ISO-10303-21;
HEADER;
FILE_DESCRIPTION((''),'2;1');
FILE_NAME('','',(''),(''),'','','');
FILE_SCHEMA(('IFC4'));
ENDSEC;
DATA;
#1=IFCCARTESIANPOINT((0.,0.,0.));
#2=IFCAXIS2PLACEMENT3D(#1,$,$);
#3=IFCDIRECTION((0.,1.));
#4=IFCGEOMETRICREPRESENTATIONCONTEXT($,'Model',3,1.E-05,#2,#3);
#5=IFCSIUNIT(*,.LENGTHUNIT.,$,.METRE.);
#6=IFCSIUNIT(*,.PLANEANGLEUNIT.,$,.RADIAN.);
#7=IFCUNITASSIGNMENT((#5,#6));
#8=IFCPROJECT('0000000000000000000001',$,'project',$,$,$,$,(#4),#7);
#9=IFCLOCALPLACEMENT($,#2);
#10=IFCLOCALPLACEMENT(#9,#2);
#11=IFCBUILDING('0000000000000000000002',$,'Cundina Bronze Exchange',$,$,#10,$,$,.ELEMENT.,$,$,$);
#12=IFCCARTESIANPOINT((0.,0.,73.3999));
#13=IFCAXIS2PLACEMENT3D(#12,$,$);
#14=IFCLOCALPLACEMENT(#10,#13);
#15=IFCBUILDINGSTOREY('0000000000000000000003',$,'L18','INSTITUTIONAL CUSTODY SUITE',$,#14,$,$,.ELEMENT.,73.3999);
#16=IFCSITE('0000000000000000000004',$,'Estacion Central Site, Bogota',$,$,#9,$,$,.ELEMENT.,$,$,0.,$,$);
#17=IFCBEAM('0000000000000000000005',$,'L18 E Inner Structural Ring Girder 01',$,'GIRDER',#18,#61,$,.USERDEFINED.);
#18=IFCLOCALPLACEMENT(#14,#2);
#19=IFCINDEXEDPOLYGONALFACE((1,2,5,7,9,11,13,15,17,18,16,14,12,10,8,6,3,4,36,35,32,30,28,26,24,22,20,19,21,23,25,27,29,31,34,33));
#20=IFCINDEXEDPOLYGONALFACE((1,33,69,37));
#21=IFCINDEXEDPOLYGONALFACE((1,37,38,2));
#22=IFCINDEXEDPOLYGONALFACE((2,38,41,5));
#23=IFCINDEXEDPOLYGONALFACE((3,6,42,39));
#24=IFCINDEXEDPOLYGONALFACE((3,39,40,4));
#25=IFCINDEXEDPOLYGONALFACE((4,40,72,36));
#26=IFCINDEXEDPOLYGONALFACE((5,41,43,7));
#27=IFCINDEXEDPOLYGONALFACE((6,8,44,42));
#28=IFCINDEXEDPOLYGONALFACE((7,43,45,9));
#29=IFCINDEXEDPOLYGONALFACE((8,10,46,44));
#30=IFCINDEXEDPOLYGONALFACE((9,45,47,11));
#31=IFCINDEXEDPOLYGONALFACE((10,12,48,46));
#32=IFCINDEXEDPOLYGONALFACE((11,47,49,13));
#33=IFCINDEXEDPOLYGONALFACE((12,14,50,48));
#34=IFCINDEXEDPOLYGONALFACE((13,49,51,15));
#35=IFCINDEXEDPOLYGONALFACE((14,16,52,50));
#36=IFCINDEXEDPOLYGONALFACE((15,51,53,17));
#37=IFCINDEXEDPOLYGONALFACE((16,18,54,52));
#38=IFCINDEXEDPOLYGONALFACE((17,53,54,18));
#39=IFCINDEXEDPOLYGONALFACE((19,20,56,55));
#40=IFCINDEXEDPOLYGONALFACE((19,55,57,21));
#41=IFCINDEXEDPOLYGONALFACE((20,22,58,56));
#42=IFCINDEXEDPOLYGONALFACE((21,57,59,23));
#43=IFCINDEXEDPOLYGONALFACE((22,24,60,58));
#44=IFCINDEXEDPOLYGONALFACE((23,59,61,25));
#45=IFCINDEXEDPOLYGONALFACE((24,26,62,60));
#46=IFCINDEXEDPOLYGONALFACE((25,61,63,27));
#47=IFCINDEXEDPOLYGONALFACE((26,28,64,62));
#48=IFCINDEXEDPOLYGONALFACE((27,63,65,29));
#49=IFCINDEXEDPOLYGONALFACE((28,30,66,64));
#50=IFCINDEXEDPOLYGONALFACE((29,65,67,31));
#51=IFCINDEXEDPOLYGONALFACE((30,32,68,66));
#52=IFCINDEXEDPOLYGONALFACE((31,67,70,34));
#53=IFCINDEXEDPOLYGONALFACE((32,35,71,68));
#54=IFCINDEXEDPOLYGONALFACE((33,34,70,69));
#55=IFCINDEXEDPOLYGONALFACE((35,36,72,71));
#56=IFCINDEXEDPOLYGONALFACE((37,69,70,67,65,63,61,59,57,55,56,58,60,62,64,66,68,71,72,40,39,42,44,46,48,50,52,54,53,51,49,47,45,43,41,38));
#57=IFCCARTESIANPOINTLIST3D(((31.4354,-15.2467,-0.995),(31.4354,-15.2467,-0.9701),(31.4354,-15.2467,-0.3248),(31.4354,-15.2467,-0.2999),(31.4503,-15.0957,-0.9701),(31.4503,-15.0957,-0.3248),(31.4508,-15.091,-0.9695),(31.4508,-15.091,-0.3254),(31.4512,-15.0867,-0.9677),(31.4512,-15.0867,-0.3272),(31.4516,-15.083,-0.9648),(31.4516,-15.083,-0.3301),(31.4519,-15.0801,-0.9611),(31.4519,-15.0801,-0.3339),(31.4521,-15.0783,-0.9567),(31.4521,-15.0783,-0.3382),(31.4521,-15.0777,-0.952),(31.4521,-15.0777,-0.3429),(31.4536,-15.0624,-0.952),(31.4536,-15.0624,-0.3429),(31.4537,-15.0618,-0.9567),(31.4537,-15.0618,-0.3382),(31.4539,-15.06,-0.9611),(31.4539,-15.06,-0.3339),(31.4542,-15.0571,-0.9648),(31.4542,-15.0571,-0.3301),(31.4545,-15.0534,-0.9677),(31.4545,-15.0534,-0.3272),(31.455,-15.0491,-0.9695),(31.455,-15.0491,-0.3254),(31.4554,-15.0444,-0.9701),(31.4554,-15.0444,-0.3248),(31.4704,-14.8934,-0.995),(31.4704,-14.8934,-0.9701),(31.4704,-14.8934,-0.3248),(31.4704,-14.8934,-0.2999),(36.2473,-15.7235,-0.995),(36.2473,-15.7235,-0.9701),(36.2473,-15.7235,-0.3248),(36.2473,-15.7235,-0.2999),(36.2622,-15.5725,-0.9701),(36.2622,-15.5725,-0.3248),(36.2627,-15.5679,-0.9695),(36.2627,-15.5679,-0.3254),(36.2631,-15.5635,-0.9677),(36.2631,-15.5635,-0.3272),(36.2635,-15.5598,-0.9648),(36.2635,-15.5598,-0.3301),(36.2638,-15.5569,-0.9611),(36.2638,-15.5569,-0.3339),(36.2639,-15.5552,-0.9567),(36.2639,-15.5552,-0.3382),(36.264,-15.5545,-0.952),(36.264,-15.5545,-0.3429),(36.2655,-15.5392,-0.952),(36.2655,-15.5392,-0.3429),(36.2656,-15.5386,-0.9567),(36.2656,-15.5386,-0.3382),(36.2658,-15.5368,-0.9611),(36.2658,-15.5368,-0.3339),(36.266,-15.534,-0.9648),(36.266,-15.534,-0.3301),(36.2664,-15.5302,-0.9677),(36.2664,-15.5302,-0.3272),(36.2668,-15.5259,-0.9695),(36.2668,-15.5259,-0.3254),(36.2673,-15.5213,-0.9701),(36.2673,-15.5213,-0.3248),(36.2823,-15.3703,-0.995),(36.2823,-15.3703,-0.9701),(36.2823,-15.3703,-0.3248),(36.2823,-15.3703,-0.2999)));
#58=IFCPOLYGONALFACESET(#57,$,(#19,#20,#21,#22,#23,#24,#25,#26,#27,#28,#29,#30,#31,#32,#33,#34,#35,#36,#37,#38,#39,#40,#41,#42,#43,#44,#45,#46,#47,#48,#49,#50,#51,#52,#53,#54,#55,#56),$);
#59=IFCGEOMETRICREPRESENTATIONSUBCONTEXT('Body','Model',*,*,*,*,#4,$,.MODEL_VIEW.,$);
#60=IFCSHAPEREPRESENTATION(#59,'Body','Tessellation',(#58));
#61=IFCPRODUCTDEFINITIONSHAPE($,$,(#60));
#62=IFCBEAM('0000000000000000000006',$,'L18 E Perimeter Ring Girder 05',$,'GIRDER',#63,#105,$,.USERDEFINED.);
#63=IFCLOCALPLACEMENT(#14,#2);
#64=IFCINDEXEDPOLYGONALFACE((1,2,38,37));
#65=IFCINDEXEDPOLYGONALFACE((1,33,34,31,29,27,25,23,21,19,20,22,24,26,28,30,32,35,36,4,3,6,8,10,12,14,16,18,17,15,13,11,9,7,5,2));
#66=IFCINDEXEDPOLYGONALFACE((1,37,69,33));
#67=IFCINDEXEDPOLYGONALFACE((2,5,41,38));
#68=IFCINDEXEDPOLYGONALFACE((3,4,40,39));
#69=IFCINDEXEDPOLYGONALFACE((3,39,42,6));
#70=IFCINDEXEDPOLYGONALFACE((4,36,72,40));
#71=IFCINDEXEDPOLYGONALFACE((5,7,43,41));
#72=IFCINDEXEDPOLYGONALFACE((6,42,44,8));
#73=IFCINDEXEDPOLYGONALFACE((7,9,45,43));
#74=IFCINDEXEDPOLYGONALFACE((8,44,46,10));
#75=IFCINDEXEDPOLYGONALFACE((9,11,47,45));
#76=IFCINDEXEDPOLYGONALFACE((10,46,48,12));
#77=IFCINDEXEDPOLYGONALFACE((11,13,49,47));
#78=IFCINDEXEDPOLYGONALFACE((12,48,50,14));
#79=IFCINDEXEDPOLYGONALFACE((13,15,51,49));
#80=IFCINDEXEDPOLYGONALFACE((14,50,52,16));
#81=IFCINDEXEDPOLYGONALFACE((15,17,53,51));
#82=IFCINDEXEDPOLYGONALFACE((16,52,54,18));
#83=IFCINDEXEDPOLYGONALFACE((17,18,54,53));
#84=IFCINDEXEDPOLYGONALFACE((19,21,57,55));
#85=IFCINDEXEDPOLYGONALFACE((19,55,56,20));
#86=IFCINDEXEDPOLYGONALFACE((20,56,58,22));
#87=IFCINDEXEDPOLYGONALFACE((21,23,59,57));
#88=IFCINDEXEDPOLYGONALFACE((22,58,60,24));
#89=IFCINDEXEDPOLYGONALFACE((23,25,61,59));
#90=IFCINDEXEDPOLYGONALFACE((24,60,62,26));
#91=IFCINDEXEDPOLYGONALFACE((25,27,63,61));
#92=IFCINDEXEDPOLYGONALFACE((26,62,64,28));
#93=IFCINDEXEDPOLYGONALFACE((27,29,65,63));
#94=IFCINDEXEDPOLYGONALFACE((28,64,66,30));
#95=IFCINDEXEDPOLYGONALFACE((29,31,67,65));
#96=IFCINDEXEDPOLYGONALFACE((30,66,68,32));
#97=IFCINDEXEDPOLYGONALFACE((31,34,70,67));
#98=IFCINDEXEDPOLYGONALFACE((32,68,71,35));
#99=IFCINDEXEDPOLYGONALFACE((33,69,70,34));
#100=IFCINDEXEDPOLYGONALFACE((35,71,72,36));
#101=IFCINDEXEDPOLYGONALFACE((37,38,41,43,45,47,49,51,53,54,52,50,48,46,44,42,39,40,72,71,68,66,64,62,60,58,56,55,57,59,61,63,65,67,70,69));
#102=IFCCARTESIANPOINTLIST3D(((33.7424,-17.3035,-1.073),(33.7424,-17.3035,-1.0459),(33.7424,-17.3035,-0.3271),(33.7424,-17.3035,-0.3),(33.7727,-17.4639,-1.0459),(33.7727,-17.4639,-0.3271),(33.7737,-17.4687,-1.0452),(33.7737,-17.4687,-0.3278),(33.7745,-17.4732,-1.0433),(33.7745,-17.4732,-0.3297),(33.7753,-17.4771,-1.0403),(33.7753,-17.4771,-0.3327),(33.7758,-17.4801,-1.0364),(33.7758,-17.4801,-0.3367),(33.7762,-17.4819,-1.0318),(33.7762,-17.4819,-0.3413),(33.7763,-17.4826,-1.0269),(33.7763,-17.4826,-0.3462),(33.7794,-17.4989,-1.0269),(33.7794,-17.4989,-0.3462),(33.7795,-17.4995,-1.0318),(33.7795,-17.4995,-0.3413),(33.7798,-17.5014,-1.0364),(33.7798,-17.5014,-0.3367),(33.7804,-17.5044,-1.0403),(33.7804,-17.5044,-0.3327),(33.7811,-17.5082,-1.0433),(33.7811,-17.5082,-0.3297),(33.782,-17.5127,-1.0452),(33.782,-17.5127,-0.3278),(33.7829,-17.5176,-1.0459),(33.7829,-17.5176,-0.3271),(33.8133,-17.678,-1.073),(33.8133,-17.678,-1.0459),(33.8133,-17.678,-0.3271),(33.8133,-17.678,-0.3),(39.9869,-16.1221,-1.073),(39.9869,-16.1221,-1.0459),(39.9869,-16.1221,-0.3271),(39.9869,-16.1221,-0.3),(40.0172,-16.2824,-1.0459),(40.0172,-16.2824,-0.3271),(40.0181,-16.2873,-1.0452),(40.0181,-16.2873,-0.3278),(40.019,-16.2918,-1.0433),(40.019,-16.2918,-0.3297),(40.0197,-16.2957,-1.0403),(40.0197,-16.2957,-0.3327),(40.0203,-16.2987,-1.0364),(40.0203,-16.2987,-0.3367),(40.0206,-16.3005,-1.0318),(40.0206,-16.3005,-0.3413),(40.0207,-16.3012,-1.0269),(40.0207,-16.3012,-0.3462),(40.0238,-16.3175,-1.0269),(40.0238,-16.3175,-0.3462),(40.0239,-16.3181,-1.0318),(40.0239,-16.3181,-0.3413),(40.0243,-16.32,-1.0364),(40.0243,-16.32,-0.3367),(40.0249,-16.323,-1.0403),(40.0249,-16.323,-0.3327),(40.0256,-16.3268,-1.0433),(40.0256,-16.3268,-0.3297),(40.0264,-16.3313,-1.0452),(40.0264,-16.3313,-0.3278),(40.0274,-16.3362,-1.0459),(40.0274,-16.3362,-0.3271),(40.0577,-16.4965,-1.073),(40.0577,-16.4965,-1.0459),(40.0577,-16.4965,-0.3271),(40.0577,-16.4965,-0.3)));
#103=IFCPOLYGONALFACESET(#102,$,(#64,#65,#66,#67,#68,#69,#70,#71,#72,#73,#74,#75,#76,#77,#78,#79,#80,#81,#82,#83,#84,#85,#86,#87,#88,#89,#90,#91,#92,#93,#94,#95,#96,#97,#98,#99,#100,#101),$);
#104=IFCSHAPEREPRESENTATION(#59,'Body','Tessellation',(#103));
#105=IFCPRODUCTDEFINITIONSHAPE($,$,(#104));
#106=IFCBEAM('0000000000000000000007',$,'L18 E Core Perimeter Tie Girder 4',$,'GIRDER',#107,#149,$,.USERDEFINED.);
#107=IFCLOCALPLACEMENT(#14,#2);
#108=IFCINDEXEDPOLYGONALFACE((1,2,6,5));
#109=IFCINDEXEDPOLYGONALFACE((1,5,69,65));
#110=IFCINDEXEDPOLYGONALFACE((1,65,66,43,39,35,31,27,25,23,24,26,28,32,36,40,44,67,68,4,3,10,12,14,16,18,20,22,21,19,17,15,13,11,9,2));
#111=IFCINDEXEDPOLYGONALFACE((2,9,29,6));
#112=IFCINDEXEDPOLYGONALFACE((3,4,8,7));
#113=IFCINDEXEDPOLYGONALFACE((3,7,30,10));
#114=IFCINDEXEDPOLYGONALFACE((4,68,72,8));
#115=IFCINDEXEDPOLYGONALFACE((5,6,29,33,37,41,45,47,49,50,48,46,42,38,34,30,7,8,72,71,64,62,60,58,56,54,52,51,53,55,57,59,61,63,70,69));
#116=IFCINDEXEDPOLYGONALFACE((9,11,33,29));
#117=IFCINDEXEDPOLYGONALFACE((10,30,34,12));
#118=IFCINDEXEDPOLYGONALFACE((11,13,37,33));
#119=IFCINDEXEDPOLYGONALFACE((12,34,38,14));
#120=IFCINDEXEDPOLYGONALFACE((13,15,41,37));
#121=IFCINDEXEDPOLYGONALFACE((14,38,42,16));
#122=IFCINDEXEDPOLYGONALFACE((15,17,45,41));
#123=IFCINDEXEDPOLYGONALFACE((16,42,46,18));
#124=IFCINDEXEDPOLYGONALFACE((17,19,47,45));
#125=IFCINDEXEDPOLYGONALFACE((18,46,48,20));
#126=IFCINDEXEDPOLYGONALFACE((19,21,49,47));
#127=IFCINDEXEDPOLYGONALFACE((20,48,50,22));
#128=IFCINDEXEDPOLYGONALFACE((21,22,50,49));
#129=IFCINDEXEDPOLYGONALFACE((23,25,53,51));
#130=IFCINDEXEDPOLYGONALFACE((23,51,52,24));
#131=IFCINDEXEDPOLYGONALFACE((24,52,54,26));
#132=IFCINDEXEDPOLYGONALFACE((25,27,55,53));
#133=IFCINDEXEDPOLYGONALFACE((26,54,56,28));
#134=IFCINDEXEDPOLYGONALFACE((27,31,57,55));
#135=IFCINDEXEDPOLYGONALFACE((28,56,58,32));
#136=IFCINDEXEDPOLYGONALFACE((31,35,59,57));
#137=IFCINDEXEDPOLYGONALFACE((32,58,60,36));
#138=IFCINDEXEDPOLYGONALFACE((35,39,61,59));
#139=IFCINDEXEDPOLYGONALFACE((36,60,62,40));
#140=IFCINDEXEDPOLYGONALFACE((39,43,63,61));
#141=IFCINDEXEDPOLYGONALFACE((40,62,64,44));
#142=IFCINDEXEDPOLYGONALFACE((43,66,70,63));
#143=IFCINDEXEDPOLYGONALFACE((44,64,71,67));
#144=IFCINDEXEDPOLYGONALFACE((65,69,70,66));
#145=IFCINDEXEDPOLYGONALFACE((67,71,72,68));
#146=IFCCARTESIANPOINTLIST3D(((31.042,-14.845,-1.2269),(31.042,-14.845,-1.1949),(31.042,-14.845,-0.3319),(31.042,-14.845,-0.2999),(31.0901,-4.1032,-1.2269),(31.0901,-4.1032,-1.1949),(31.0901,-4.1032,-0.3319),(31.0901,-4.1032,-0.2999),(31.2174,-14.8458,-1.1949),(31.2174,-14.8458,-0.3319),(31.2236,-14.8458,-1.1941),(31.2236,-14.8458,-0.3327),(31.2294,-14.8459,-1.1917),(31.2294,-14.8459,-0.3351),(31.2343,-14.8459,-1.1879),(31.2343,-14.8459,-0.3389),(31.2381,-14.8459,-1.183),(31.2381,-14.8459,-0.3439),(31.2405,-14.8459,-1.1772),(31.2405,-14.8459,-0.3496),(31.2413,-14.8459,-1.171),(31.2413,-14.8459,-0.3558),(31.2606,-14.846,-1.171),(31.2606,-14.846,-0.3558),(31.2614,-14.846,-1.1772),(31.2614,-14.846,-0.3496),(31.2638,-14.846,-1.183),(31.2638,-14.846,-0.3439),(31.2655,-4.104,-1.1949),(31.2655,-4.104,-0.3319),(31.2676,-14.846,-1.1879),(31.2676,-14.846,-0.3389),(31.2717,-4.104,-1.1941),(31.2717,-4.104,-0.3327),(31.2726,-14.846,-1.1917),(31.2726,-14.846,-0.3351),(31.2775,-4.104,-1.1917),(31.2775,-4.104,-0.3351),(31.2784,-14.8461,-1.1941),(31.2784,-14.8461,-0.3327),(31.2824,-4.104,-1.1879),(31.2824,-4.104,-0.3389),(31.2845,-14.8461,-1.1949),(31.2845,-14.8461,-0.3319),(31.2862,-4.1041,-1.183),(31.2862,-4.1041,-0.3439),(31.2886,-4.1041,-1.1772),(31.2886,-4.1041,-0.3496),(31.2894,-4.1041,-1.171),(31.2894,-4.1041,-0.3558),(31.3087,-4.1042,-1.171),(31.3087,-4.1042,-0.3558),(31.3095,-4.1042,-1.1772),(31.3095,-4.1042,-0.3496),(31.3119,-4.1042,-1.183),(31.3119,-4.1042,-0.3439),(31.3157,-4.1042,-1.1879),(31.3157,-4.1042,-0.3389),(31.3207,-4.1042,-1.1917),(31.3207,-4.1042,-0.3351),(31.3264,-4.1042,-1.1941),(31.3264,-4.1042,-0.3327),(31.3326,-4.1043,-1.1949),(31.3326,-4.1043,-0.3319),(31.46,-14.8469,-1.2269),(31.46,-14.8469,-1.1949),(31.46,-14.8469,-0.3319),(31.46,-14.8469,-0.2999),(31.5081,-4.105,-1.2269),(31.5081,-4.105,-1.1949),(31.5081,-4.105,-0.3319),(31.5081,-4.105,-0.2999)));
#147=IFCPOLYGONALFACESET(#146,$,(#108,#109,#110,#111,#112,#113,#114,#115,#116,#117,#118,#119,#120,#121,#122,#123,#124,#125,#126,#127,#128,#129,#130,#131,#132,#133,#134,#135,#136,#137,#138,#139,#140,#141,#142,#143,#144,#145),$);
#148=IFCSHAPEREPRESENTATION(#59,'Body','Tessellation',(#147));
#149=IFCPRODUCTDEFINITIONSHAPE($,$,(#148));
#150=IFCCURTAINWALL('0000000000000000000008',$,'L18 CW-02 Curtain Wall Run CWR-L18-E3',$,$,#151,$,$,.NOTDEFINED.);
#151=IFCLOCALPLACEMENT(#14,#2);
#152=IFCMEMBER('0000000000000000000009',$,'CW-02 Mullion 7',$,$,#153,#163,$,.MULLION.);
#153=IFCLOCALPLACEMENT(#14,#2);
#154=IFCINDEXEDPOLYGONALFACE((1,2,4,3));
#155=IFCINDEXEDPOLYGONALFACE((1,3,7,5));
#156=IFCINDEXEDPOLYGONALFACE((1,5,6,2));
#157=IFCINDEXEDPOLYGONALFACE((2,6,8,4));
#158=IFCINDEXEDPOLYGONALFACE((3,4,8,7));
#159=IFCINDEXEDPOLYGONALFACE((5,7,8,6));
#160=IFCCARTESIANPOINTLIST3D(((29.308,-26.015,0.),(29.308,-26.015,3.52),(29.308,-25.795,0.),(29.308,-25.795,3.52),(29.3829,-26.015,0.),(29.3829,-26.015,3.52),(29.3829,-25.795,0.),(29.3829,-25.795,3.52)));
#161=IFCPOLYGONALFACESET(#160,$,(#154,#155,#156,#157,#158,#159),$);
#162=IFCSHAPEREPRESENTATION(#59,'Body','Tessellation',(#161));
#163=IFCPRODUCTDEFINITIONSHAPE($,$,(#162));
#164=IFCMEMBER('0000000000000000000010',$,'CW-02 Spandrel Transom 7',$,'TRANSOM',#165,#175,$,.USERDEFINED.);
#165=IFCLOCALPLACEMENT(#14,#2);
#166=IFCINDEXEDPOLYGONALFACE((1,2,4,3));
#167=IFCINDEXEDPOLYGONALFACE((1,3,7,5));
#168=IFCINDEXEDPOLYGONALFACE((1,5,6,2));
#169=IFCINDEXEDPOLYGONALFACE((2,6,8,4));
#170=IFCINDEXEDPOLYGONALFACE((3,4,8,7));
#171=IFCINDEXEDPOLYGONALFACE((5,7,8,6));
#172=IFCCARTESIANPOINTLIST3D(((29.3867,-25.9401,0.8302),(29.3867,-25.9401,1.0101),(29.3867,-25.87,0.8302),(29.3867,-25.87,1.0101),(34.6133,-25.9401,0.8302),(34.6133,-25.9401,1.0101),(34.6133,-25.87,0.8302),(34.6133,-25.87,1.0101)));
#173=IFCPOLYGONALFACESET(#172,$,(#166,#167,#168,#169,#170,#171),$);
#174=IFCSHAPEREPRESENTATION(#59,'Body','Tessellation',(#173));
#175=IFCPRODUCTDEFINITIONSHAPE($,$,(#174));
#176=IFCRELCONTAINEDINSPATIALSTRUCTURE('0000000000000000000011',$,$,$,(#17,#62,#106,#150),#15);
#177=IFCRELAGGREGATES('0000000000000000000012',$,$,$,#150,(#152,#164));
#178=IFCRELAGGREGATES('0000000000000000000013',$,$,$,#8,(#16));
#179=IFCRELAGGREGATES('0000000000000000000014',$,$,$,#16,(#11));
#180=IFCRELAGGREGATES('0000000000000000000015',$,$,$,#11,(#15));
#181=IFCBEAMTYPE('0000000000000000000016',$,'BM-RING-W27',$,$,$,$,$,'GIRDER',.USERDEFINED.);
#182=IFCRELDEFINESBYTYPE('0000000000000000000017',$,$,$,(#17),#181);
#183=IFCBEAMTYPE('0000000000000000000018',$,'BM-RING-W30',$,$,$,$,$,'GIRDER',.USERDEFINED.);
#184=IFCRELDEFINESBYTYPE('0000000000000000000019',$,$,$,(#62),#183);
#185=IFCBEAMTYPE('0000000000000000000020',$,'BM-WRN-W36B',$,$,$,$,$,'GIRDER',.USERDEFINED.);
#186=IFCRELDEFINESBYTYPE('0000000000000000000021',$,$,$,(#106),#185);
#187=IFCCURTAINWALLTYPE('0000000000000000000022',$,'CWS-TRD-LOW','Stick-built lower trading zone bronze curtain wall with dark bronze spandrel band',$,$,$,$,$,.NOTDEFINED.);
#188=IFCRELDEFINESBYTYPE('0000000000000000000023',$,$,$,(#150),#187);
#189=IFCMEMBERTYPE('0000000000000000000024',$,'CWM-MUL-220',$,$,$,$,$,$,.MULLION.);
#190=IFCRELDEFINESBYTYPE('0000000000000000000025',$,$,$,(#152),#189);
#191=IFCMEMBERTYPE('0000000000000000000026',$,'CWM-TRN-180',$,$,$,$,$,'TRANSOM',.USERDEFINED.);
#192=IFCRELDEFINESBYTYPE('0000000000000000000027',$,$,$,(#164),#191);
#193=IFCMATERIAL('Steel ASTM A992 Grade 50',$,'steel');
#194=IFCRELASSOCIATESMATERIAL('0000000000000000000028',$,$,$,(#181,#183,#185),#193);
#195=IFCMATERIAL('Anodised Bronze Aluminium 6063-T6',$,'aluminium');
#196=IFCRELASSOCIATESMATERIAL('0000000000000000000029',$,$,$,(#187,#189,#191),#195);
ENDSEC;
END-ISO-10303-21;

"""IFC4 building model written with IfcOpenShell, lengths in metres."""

from ifc_helpers import new_model, si_unit, direction, frame, origin, origin_2d, place, context, subcontext, project, spatial, rectangle, i_section, extrude, material, material_profile, profile_set, type_object, element, aggregate, save


model = new_model("IFC4")

# Units and contexts
model_context = context("Model", 3, precision=1e-05, world=origin(), true_north=direction((0.0, 1.0)))
body_context = subcontext(model_context, "Body", "Model", "MODEL_VIEW")
ifc_project = project(units=[si_unit("LENGTHUNIT", "METRE"), si_unit("PLANEANGLEUNIT", "RADIAN")], contexts=[model_context])

# Site, building, storey
site_placement = place(None, origin())
site = spatial("IfcSite", under=ifc_project, at=site_placement, Name="Estacion Central Site, Bogota", CompositionType="ELEMENT", RefElevation=0.0)
building_placement = place(site_placement, origin())
building = spatial("IfcBuilding", under=site, at=building_placement, Name="Cundina Bronze Exchange", CompositionType="ELEMENT")
storey_placement = place(building_placement, frame((0.0, 0.0, 73.3999)))
storey = spatial("IfcBuildingStorey", under=building, at=storey_placement, Name="L18", Description="INSTITUTIONAL CUSTODY SUITE", CompositionType="ELEMENT", Elevation=73.3999)

# Shared definitions
ifc_material_1 = material(Name="Steel ASTM A992 Grade 50", Category="steel")

# Beams
ifc_material_profile_1 = material_profile(ifc_material_1, i_section(OverallWidth=0.355, OverallDepth=0.6951, WebThickness=0.0154, FlangeThickness=0.0249, FilletRadius=0.0181, at=origin_2d()), Name="W27X146", Category="steel")
ifc_profile_set_1 = profile_set([ifc_material_profile_1], Name="Steel ASTM A992 Grade 50")
beam_type_1 = type_object("IfcBeamType", Name="BM-RING-W27", ElementType="GIRDER", PredefinedType="USERDEFINED", material=ifc_profile_set_1)
beam_1_placement = place(storey_placement, frame((31.4529, -15.0701, -0.6475), z_axis=(0.995126, -0.098609, 0.0), x_axis=(0.098609, 0.995126, 0.0)))
element("IfcBeam", 1, at=beam_1_placement, inside=storey, type_object=beam_type_1, Name="L18 E Inner Structural Ring Girder 01", ObjectType="GIRDER", PredefinedType="USERDEFINED", context=body_context, shape_type="SweptSolid", body=[
    extrude(i_section(OverallWidth=0.355, OverallDepth=0.6951, WebThickness=0.0154, FlangeThickness=0.0249, FilletRadius=0.0181, at=origin_2d()), origin(), (0.0, 0.0, 1.0), 4.8354),
])
ifc_material_profile_2 = material_profile(ifc_material_1, i_section(OverallWidth=0.3811, OverallDepth=0.7729, WebThickness=0.0166, FlangeThickness=0.0271, FilletRadius=0.019, at=origin_2d()), Name="W30X173", Category="steel")
ifc_profile_set_2 = profile_set([ifc_material_profile_2], Name="Steel ASTM A992 Grade 50")
beam_type_2 = type_object("IfcBeamType", Name="BM-RING-W30", ElementType="GIRDER", PredefinedType="USERDEFINED", material=ifc_profile_set_2)
beam_2_placement = place(storey_placement, frame((33.7778, -17.4907, -0.6865), z_axis=(0.982569, 0.185896, 0.0), x_axis=(-0.185896, 0.982569, 0.0)))
element("IfcBeam", 2, at=beam_2_placement, inside=storey, type_object=beam_type_2, Name="L18 E Perimeter Ring Girder 05", ObjectType="GIRDER", PredefinedType="USERDEFINED", context=body_context, shape_type="SweptSolid", body=[
    extrude(i_section(OverallWidth=0.3811, OverallDepth=0.7729, WebThickness=0.0166, FlangeThickness=0.0271, FilletRadius=0.019, at=origin_2d()), origin(), (0.0, 0.0, 1.0), 6.3552),
])
ifc_material_profile_3 = material_profile(ifc_material_1, i_section(OverallWidth=0.418, OverallDepth=0.927, WebThickness=0.0193, FlangeThickness=0.032, FilletRadius=0.0239, at=origin_2d()), Name="W36X231", Category="steel")
ifc_profile_set_3 = profile_set([ifc_material_profile_3], Name="Steel ASTM A992 Grade 50")
beam_type_3 = type_object("IfcBeamType", Name="BM-WRN-W36B", ElementType="GIRDER", PredefinedType="USERDEFINED", material=ifc_profile_set_3)
beam_3_placement = place(storey_placement, frame((31.251, -14.8459, -0.7634), z_axis=(0.004477, 0.99999, 0.0), x_axis=(-0.99999, 0.004477, 0.0)))
element("IfcBeam", 3, at=beam_3_placement, inside=storey, type_object=beam_type_3, Name="L18 E Core Perimeter Tie Girder 4", ObjectType="GIRDER", PredefinedType="USERDEFINED", context=body_context, shape_type="SweptSolid", body=[
    extrude(i_section(OverallWidth=0.418, OverallDepth=0.927, WebThickness=0.0193, FlangeThickness=0.032, FilletRadius=0.0239, at=origin_2d()), origin(), (0.0, 0.0, 1.0), 10.7419),
])

# Curtain wall, members
ifc_material_2 = material(Name="Anodised Bronze Aluminium 6063-T6", Category="aluminium")
curtain_wall_type = type_object("IfcCurtainWallType", Name="CWS-TRD-LOW", Description="Stick-built lower trading zone bronze curtain wall with dark bronze spandrel band", PredefinedType="NOTDEFINED", material=ifc_material_2)
curtain_wall_placement = place(storey_placement, origin())
curtain_wall = element("IfcCurtainWall", 4, at=curtain_wall_placement, inside=storey, type_object=curtain_wall_type, Name="L18 CW-02 Curtain Wall Run CWR-L18-E3", PredefinedType="NOTDEFINED")
ifc_material_profile_4 = material_profile(ifc_material_2, rectangle(XDim=0.075, YDim=0.22, at=origin_2d()), Name="AL75X220", Category="aluminium")
ifc_profile_set_4 = profile_set([ifc_material_profile_4], Name="Anodised Bronze Aluminium 6063-T6")
member_type_1 = type_object("IfcMemberType", Name="CWM-MUL-220", PredefinedType="MULLION", material=ifc_profile_set_4)
member_1_placement = place(storey_placement, frame((29.3455, -25.905, 0.0), z_axis=(0.0, 0.0, 1.0), x_axis=(1.0, 0.0, 0.0)))
member_1 = element("IfcMember", 5, at=member_1_placement, type_object=member_type_1, Name="CW-02 Mullion 7", PredefinedType="MULLION", context=body_context, shape_type="SweptSolid", body=[
    extrude(rectangle(XDim=0.075, YDim=0.22, at=origin_2d()), origin(), (0.0, 0.0, 1.0), 3.52),
])
ifc_material_profile_5 = material_profile(ifc_material_2, rectangle(XDim=0.0701, YDim=0.1799, at=origin_2d()), Name="AL70X180", Category="aluminium")
ifc_profile_set_5 = profile_set([ifc_material_profile_5], Name="Anodised Bronze Aluminium 6063-T6")
member_type_2 = type_object("IfcMemberType", Name="CWM-TRN-180", ElementType="TRANSOM", PredefinedType="USERDEFINED", material=ifc_profile_set_5)
member_2_placement = place(storey_placement, frame((29.3867, -25.905, 0.9202), z_axis=(1.0, 0.0, 0.0), x_axis=(0.0, 1.0, 0.0)))
member_2 = element("IfcMember", 6, at=member_2_placement, type_object=member_type_2, Name="CW-02 Spandrel Transom 7", ObjectType="TRANSOM", PredefinedType="USERDEFINED", context=body_context, shape_type="SweptSolid", body=[
    extrude(rectangle(XDim=0.0701, YDim=0.1799, at=origin_2d()), origin(), (0.0, 0.0, 1.0), 5.2266),
])
aggregate(curtain_wall, [member_1, member_2])

save(model, "model.ifc")
